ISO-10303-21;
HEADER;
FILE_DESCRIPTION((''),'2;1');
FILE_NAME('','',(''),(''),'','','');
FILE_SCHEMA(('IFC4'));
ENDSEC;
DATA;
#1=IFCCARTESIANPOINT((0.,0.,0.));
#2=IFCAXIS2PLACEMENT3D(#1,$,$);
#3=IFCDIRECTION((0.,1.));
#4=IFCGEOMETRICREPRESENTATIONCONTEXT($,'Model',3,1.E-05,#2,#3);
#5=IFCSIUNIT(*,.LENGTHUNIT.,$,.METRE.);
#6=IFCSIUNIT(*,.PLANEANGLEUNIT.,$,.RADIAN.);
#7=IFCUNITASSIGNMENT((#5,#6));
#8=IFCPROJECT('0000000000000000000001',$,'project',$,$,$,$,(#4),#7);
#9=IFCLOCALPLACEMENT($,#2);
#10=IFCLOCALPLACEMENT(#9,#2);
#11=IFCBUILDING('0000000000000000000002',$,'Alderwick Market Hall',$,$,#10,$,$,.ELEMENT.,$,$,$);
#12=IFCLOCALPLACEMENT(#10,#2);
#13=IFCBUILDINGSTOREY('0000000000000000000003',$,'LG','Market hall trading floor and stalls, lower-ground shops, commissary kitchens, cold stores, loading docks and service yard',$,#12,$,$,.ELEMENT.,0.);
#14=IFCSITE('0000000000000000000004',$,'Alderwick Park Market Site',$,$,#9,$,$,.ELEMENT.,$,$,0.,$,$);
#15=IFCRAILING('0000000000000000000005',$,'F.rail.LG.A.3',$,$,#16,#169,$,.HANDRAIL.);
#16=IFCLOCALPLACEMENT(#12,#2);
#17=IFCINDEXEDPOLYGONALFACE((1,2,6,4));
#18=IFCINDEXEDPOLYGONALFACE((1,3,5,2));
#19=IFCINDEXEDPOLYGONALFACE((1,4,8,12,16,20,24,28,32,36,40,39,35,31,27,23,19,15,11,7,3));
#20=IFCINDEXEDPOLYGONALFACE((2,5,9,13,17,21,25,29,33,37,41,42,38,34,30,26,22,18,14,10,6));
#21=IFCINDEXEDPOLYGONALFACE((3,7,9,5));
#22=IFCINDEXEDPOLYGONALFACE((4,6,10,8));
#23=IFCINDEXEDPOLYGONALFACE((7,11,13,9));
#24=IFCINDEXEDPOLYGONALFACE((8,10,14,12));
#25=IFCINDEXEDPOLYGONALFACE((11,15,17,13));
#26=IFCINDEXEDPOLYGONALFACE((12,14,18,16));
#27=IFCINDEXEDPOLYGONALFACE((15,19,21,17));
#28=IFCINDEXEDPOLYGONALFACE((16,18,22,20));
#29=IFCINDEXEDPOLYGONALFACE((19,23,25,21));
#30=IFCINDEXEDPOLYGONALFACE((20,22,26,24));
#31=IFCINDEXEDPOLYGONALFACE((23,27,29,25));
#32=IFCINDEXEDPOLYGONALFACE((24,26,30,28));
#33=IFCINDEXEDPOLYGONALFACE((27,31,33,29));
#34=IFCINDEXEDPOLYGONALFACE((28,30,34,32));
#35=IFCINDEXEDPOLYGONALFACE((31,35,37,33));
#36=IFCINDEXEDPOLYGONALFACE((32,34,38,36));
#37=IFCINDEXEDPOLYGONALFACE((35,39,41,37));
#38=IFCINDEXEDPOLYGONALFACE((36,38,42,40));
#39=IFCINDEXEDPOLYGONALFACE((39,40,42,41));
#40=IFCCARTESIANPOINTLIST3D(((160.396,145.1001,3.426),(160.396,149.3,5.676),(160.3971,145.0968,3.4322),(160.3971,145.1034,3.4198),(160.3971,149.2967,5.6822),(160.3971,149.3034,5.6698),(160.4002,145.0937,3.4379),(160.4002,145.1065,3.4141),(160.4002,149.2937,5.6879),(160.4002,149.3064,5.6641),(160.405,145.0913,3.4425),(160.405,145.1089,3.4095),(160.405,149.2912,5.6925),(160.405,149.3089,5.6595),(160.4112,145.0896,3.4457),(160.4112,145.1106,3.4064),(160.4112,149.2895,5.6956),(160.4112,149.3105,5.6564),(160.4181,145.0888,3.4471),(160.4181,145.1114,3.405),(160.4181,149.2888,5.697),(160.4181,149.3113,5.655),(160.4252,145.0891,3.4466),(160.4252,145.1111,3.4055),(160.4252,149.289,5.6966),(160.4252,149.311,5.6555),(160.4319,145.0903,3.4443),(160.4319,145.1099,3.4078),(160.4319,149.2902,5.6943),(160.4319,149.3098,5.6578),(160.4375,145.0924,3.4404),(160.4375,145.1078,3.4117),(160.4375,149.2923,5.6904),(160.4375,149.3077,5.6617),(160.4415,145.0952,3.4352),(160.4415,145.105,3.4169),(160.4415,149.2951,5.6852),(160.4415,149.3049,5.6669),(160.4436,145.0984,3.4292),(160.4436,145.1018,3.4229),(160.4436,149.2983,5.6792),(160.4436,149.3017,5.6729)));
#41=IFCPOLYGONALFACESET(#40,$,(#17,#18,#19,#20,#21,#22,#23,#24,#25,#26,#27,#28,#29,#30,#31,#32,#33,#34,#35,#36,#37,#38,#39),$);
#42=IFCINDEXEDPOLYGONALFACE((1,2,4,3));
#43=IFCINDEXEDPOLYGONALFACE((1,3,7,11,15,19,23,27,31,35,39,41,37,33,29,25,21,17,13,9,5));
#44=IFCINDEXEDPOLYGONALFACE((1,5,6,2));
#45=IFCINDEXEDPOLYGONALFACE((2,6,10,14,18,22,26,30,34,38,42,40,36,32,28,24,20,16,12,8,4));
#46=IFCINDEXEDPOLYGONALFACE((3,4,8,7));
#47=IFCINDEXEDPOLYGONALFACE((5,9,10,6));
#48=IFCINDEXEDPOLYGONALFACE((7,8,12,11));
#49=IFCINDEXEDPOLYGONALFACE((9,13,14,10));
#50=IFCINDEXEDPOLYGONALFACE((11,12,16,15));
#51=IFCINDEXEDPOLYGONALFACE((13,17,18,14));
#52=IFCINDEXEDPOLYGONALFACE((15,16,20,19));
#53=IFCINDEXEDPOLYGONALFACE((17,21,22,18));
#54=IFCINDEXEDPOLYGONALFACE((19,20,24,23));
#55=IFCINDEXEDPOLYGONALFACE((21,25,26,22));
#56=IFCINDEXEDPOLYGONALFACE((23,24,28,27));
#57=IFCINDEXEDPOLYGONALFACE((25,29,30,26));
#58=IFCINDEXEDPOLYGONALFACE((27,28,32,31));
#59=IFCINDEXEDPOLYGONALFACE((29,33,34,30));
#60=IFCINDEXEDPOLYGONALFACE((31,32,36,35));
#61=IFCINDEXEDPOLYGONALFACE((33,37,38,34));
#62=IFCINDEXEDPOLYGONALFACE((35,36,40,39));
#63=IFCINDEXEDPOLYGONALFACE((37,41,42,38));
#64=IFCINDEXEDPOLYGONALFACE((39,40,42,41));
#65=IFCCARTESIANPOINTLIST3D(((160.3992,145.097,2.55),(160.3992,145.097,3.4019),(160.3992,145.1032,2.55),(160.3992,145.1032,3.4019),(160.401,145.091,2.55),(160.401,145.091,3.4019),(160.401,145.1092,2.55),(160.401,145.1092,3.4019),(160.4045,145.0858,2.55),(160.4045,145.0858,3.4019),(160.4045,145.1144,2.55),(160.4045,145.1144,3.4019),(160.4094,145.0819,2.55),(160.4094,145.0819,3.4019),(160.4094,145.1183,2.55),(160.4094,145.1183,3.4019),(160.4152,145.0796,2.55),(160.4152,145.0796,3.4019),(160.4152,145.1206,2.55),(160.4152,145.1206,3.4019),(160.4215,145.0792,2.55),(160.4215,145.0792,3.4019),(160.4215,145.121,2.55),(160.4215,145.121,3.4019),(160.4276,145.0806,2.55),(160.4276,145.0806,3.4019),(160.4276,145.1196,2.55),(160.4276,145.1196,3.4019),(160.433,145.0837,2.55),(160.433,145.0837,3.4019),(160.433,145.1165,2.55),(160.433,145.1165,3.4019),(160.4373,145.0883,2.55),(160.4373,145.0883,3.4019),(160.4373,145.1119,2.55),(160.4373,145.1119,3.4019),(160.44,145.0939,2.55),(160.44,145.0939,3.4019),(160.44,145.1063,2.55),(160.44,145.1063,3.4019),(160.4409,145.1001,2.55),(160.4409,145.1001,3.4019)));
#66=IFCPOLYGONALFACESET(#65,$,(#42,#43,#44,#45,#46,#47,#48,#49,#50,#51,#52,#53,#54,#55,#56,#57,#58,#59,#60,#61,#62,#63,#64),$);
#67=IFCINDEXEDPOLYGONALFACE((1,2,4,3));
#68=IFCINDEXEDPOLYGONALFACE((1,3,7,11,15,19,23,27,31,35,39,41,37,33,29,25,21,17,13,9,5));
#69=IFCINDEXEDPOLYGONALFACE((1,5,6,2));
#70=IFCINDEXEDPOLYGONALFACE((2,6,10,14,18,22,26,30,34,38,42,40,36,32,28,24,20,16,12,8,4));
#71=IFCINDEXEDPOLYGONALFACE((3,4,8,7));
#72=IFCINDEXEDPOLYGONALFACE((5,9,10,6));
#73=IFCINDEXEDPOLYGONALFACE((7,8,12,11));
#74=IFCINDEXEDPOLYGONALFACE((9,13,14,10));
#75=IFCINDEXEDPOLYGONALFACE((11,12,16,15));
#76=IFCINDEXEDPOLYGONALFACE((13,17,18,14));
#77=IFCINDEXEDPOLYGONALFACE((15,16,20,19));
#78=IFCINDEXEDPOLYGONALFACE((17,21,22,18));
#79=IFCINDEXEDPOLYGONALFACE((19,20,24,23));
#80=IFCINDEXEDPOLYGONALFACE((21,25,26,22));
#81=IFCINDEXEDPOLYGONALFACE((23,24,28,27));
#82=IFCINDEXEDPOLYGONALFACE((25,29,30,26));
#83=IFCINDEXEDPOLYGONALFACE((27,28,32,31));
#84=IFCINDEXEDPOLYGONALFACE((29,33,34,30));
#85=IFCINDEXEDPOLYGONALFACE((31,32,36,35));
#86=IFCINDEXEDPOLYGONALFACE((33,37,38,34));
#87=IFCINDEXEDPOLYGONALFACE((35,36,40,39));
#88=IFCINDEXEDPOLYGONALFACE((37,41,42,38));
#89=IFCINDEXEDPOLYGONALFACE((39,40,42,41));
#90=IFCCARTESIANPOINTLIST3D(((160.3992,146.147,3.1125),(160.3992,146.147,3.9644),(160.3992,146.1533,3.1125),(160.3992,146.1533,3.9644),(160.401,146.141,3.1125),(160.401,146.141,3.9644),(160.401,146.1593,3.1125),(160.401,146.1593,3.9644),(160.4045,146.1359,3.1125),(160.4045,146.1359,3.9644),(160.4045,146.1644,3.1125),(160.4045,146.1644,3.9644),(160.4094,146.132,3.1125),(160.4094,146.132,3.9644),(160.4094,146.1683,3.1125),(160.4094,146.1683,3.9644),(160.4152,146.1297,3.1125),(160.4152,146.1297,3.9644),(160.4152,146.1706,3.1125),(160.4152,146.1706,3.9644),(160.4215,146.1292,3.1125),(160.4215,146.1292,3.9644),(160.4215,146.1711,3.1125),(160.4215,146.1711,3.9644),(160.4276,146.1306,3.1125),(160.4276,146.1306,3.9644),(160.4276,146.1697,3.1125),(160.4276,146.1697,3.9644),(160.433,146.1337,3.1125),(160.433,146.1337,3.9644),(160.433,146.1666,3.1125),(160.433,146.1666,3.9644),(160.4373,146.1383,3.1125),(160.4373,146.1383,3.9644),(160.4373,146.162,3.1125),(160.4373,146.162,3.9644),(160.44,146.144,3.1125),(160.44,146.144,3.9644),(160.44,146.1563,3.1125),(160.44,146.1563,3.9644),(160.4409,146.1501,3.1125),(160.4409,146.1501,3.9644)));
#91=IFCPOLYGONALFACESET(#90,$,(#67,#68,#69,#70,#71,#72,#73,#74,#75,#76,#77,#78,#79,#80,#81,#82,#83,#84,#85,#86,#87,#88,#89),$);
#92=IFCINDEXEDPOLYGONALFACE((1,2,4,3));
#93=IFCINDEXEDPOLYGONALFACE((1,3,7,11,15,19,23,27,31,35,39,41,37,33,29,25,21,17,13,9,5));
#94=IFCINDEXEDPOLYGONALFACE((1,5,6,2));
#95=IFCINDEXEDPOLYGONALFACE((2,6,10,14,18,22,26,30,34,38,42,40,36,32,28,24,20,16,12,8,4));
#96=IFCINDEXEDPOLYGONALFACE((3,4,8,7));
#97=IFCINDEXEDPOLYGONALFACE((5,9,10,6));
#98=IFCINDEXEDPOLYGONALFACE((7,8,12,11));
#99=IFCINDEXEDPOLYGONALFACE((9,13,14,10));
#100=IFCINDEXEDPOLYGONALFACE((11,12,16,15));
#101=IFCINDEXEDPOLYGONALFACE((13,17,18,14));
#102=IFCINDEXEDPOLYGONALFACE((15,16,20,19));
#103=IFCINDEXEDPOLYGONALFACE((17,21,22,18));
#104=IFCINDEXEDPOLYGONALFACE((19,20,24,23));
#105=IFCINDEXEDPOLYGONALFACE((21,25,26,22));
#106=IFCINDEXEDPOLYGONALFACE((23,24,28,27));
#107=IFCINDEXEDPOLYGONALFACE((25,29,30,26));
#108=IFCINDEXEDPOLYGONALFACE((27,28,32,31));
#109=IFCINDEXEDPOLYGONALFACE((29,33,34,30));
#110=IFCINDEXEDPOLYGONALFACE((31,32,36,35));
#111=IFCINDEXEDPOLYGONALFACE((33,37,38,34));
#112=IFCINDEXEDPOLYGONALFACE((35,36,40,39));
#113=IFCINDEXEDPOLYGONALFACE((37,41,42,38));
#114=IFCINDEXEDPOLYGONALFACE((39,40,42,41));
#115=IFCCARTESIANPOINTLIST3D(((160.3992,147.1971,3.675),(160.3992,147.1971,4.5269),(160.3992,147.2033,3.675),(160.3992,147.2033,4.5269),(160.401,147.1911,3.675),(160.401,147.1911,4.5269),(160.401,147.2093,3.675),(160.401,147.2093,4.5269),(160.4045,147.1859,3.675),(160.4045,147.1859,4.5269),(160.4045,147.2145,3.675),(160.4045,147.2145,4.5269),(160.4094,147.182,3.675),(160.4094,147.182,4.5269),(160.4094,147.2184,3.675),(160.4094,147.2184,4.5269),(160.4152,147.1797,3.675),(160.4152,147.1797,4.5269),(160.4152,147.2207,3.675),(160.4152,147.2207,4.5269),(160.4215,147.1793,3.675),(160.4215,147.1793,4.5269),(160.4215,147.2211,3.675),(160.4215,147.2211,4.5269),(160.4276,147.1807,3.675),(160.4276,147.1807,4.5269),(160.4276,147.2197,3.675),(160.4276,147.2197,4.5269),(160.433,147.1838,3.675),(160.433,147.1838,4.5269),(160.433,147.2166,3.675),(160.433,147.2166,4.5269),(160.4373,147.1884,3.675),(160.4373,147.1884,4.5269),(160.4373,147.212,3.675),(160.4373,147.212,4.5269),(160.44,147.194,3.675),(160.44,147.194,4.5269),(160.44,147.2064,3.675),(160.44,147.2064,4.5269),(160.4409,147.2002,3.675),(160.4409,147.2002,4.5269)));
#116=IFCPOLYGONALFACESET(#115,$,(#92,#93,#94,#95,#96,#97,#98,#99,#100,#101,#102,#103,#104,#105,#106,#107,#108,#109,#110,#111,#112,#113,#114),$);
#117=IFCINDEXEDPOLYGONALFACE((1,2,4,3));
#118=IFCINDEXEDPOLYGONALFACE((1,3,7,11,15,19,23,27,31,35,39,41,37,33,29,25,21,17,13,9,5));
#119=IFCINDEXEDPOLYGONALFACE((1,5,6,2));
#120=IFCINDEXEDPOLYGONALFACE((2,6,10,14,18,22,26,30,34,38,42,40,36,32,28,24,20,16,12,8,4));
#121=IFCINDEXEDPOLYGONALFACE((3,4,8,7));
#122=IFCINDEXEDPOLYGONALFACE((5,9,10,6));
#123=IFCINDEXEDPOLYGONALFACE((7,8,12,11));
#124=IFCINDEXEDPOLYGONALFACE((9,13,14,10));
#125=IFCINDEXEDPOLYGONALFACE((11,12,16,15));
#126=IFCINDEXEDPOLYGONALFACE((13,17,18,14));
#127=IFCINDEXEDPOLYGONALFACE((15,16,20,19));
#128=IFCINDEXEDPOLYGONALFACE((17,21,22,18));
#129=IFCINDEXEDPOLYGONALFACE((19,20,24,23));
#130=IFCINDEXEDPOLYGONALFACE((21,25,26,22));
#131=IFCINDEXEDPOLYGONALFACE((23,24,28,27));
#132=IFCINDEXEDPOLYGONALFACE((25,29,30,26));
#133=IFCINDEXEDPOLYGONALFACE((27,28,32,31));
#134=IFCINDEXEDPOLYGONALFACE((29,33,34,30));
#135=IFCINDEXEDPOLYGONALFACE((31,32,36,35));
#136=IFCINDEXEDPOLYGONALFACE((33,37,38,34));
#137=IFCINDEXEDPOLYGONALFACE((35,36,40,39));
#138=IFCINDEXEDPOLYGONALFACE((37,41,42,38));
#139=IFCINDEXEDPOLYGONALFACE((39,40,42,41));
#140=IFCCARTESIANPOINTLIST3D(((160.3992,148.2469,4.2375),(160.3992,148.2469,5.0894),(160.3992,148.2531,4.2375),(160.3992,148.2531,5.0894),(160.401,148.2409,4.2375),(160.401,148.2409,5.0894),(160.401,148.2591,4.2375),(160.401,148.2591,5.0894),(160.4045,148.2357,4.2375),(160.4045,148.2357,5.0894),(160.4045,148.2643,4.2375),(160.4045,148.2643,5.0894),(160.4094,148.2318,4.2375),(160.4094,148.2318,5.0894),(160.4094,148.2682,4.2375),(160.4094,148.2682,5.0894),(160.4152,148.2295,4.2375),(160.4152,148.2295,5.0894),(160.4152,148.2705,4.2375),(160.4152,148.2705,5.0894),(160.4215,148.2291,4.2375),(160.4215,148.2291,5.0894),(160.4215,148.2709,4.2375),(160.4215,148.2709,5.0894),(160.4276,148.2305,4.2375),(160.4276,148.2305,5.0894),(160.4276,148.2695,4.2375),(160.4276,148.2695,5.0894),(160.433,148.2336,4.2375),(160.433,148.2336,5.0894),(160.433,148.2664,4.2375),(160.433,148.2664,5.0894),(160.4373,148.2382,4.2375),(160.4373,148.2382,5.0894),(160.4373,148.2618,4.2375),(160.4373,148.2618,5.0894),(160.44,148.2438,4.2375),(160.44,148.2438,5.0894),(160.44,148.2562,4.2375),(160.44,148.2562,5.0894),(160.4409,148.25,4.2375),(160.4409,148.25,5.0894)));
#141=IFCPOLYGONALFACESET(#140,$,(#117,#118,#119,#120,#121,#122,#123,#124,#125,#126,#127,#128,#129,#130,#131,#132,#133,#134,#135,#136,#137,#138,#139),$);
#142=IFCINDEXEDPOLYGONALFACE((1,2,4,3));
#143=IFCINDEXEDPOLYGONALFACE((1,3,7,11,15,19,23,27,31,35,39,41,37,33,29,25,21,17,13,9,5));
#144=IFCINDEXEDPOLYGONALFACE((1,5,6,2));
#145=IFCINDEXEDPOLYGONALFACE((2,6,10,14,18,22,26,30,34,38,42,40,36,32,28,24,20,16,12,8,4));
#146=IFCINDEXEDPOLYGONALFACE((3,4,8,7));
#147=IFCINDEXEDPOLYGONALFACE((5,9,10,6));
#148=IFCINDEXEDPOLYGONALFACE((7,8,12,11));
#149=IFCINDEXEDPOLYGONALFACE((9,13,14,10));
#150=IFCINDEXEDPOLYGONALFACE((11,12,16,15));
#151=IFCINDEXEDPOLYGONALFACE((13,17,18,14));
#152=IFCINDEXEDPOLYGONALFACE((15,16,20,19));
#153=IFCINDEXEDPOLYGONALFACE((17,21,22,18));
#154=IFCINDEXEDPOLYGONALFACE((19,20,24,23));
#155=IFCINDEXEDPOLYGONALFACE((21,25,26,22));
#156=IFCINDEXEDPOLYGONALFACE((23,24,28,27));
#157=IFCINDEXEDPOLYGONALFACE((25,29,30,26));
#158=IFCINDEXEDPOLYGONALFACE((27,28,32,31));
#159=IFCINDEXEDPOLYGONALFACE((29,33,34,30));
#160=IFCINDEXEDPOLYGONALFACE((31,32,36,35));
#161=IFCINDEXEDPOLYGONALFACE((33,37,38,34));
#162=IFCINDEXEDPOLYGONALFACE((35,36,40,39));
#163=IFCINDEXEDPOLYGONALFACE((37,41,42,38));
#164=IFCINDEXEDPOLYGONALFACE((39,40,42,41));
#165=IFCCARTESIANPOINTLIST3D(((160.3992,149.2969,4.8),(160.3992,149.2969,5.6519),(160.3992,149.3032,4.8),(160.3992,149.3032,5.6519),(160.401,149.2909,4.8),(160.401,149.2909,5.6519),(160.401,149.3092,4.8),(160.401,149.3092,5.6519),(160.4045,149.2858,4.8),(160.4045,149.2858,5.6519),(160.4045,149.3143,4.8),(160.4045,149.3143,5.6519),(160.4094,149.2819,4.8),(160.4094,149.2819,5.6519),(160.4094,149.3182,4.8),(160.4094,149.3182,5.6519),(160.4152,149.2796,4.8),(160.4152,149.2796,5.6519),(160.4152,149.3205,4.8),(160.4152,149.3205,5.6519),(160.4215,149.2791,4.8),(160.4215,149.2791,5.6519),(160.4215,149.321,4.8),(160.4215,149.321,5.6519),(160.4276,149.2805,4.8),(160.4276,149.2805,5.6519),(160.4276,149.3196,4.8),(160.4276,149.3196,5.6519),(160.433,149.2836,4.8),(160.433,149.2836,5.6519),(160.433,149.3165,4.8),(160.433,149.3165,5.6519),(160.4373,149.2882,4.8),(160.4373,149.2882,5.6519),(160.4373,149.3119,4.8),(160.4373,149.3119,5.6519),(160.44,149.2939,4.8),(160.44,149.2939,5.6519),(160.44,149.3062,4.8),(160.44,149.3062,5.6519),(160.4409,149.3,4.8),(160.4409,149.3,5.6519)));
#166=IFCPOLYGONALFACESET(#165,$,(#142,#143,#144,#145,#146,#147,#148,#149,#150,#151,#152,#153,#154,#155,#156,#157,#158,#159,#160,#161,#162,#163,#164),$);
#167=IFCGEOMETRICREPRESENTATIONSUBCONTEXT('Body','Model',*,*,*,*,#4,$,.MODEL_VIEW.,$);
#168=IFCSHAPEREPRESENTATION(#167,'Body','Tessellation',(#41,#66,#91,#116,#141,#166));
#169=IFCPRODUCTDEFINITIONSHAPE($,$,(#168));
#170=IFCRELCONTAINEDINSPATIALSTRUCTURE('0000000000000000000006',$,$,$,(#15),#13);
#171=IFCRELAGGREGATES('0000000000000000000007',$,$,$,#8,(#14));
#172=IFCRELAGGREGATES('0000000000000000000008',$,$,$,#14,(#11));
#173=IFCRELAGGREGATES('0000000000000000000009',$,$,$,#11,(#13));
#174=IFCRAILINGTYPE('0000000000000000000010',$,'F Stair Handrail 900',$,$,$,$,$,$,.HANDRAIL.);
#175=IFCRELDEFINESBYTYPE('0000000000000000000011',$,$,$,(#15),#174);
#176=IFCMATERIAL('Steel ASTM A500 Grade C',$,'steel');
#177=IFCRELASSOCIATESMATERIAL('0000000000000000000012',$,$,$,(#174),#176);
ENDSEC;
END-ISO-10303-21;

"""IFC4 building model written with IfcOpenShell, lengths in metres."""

from ifc_helpers import new_model, si_unit, direction, frame, origin, origin_2d, place, context, subcontext, project, spatial, circle, extrude, material, type_object, element, save


model = new_model("IFC4")

# Units and contexts
model_context = context("Model", 3, precision=1e-05, world=origin(), true_north=direction((0.0, 1.0)))
body_context = subcontext(model_context, "Body", "Model", "MODEL_VIEW")
ifc_project = project(units=[si_unit("LENGTHUNIT", "METRE"), si_unit("PLANEANGLEUNIT", "RADIAN")], contexts=[model_context])

# Site, building, storey
site_placement = place(None, origin())
site = spatial("IfcSite", under=ifc_project, at=site_placement, Name="Alderwick Park Market Site", CompositionType="ELEMENT", RefElevation=0.0)
building_placement = place(site_placement, origin())
building = spatial("IfcBuilding", under=site, at=building_placement, Name="Alderwick Market Hall", CompositionType="ELEMENT")
storey_placement = place(building_placement, origin())
storey = spatial("IfcBuildingStorey", under=building, at=storey_placement, Name="LG", Description="Market hall trading floor and stalls, lower-ground shops, commissary kitchens, cold stores, loading docks and service yard", CompositionType="ELEMENT", Elevation=0.0)

# Railing
ifc_material_1 = material(Name="Steel ASTM A500 Grade C", Category="steel")
railing_type_1 = type_object("IfcRailingType", Name="F Stair Handrail 900", PredefinedType="HANDRAIL", material=ifc_material_1)
for number, where, name in (
    (1, (160.4199, 145.1001, 2.55), "F.rail.LG.A.3"),
):
    element("IfcRailing", number, at=place(storey_placement, frame(where)), inside=storey, type_object=railing_type_1, Name=name, PredefinedType="HANDRAIL", context=body_context, shape_type="SweptSolid", body=[
        extrude(circle(Radius=0.0239, at=origin_2d()), frame((0.0, 0.0, 0.876), z_axis=(0.0, 0.881478, 0.472226), x_axis=(-1.0, 0.0, 0.0)), (0.0, 0.0, 1.0), 4.7646),
        extrude(circle(Radius=0.021, at=origin_2d()), origin(), (0.0, 0.0, 1.0), 0.8518),
        extrude(circle(Radius=0.021, at=origin_2d()), frame((0.0, 1.05, 0.5625)), (0.0, 0.0, 1.0), 0.8518),
        extrude(circle(Radius=0.021, at=origin_2d()), frame((0.0, 2.1001, 1.125)), (0.0, 0.0, 1.0), 0.8518),
        extrude(circle(Radius=0.021, at=origin_2d()), frame((0.0, 3.1499, 1.6875)), (0.0, 0.0, 1.0), 0.8518),
        extrude(circle(Radius=0.021, at=origin_2d()), frame((0.0, 4.2, 2.25)), (0.0, 0.0, 1.0), 0.8518),
    ])

save(model, "model.ifc")
